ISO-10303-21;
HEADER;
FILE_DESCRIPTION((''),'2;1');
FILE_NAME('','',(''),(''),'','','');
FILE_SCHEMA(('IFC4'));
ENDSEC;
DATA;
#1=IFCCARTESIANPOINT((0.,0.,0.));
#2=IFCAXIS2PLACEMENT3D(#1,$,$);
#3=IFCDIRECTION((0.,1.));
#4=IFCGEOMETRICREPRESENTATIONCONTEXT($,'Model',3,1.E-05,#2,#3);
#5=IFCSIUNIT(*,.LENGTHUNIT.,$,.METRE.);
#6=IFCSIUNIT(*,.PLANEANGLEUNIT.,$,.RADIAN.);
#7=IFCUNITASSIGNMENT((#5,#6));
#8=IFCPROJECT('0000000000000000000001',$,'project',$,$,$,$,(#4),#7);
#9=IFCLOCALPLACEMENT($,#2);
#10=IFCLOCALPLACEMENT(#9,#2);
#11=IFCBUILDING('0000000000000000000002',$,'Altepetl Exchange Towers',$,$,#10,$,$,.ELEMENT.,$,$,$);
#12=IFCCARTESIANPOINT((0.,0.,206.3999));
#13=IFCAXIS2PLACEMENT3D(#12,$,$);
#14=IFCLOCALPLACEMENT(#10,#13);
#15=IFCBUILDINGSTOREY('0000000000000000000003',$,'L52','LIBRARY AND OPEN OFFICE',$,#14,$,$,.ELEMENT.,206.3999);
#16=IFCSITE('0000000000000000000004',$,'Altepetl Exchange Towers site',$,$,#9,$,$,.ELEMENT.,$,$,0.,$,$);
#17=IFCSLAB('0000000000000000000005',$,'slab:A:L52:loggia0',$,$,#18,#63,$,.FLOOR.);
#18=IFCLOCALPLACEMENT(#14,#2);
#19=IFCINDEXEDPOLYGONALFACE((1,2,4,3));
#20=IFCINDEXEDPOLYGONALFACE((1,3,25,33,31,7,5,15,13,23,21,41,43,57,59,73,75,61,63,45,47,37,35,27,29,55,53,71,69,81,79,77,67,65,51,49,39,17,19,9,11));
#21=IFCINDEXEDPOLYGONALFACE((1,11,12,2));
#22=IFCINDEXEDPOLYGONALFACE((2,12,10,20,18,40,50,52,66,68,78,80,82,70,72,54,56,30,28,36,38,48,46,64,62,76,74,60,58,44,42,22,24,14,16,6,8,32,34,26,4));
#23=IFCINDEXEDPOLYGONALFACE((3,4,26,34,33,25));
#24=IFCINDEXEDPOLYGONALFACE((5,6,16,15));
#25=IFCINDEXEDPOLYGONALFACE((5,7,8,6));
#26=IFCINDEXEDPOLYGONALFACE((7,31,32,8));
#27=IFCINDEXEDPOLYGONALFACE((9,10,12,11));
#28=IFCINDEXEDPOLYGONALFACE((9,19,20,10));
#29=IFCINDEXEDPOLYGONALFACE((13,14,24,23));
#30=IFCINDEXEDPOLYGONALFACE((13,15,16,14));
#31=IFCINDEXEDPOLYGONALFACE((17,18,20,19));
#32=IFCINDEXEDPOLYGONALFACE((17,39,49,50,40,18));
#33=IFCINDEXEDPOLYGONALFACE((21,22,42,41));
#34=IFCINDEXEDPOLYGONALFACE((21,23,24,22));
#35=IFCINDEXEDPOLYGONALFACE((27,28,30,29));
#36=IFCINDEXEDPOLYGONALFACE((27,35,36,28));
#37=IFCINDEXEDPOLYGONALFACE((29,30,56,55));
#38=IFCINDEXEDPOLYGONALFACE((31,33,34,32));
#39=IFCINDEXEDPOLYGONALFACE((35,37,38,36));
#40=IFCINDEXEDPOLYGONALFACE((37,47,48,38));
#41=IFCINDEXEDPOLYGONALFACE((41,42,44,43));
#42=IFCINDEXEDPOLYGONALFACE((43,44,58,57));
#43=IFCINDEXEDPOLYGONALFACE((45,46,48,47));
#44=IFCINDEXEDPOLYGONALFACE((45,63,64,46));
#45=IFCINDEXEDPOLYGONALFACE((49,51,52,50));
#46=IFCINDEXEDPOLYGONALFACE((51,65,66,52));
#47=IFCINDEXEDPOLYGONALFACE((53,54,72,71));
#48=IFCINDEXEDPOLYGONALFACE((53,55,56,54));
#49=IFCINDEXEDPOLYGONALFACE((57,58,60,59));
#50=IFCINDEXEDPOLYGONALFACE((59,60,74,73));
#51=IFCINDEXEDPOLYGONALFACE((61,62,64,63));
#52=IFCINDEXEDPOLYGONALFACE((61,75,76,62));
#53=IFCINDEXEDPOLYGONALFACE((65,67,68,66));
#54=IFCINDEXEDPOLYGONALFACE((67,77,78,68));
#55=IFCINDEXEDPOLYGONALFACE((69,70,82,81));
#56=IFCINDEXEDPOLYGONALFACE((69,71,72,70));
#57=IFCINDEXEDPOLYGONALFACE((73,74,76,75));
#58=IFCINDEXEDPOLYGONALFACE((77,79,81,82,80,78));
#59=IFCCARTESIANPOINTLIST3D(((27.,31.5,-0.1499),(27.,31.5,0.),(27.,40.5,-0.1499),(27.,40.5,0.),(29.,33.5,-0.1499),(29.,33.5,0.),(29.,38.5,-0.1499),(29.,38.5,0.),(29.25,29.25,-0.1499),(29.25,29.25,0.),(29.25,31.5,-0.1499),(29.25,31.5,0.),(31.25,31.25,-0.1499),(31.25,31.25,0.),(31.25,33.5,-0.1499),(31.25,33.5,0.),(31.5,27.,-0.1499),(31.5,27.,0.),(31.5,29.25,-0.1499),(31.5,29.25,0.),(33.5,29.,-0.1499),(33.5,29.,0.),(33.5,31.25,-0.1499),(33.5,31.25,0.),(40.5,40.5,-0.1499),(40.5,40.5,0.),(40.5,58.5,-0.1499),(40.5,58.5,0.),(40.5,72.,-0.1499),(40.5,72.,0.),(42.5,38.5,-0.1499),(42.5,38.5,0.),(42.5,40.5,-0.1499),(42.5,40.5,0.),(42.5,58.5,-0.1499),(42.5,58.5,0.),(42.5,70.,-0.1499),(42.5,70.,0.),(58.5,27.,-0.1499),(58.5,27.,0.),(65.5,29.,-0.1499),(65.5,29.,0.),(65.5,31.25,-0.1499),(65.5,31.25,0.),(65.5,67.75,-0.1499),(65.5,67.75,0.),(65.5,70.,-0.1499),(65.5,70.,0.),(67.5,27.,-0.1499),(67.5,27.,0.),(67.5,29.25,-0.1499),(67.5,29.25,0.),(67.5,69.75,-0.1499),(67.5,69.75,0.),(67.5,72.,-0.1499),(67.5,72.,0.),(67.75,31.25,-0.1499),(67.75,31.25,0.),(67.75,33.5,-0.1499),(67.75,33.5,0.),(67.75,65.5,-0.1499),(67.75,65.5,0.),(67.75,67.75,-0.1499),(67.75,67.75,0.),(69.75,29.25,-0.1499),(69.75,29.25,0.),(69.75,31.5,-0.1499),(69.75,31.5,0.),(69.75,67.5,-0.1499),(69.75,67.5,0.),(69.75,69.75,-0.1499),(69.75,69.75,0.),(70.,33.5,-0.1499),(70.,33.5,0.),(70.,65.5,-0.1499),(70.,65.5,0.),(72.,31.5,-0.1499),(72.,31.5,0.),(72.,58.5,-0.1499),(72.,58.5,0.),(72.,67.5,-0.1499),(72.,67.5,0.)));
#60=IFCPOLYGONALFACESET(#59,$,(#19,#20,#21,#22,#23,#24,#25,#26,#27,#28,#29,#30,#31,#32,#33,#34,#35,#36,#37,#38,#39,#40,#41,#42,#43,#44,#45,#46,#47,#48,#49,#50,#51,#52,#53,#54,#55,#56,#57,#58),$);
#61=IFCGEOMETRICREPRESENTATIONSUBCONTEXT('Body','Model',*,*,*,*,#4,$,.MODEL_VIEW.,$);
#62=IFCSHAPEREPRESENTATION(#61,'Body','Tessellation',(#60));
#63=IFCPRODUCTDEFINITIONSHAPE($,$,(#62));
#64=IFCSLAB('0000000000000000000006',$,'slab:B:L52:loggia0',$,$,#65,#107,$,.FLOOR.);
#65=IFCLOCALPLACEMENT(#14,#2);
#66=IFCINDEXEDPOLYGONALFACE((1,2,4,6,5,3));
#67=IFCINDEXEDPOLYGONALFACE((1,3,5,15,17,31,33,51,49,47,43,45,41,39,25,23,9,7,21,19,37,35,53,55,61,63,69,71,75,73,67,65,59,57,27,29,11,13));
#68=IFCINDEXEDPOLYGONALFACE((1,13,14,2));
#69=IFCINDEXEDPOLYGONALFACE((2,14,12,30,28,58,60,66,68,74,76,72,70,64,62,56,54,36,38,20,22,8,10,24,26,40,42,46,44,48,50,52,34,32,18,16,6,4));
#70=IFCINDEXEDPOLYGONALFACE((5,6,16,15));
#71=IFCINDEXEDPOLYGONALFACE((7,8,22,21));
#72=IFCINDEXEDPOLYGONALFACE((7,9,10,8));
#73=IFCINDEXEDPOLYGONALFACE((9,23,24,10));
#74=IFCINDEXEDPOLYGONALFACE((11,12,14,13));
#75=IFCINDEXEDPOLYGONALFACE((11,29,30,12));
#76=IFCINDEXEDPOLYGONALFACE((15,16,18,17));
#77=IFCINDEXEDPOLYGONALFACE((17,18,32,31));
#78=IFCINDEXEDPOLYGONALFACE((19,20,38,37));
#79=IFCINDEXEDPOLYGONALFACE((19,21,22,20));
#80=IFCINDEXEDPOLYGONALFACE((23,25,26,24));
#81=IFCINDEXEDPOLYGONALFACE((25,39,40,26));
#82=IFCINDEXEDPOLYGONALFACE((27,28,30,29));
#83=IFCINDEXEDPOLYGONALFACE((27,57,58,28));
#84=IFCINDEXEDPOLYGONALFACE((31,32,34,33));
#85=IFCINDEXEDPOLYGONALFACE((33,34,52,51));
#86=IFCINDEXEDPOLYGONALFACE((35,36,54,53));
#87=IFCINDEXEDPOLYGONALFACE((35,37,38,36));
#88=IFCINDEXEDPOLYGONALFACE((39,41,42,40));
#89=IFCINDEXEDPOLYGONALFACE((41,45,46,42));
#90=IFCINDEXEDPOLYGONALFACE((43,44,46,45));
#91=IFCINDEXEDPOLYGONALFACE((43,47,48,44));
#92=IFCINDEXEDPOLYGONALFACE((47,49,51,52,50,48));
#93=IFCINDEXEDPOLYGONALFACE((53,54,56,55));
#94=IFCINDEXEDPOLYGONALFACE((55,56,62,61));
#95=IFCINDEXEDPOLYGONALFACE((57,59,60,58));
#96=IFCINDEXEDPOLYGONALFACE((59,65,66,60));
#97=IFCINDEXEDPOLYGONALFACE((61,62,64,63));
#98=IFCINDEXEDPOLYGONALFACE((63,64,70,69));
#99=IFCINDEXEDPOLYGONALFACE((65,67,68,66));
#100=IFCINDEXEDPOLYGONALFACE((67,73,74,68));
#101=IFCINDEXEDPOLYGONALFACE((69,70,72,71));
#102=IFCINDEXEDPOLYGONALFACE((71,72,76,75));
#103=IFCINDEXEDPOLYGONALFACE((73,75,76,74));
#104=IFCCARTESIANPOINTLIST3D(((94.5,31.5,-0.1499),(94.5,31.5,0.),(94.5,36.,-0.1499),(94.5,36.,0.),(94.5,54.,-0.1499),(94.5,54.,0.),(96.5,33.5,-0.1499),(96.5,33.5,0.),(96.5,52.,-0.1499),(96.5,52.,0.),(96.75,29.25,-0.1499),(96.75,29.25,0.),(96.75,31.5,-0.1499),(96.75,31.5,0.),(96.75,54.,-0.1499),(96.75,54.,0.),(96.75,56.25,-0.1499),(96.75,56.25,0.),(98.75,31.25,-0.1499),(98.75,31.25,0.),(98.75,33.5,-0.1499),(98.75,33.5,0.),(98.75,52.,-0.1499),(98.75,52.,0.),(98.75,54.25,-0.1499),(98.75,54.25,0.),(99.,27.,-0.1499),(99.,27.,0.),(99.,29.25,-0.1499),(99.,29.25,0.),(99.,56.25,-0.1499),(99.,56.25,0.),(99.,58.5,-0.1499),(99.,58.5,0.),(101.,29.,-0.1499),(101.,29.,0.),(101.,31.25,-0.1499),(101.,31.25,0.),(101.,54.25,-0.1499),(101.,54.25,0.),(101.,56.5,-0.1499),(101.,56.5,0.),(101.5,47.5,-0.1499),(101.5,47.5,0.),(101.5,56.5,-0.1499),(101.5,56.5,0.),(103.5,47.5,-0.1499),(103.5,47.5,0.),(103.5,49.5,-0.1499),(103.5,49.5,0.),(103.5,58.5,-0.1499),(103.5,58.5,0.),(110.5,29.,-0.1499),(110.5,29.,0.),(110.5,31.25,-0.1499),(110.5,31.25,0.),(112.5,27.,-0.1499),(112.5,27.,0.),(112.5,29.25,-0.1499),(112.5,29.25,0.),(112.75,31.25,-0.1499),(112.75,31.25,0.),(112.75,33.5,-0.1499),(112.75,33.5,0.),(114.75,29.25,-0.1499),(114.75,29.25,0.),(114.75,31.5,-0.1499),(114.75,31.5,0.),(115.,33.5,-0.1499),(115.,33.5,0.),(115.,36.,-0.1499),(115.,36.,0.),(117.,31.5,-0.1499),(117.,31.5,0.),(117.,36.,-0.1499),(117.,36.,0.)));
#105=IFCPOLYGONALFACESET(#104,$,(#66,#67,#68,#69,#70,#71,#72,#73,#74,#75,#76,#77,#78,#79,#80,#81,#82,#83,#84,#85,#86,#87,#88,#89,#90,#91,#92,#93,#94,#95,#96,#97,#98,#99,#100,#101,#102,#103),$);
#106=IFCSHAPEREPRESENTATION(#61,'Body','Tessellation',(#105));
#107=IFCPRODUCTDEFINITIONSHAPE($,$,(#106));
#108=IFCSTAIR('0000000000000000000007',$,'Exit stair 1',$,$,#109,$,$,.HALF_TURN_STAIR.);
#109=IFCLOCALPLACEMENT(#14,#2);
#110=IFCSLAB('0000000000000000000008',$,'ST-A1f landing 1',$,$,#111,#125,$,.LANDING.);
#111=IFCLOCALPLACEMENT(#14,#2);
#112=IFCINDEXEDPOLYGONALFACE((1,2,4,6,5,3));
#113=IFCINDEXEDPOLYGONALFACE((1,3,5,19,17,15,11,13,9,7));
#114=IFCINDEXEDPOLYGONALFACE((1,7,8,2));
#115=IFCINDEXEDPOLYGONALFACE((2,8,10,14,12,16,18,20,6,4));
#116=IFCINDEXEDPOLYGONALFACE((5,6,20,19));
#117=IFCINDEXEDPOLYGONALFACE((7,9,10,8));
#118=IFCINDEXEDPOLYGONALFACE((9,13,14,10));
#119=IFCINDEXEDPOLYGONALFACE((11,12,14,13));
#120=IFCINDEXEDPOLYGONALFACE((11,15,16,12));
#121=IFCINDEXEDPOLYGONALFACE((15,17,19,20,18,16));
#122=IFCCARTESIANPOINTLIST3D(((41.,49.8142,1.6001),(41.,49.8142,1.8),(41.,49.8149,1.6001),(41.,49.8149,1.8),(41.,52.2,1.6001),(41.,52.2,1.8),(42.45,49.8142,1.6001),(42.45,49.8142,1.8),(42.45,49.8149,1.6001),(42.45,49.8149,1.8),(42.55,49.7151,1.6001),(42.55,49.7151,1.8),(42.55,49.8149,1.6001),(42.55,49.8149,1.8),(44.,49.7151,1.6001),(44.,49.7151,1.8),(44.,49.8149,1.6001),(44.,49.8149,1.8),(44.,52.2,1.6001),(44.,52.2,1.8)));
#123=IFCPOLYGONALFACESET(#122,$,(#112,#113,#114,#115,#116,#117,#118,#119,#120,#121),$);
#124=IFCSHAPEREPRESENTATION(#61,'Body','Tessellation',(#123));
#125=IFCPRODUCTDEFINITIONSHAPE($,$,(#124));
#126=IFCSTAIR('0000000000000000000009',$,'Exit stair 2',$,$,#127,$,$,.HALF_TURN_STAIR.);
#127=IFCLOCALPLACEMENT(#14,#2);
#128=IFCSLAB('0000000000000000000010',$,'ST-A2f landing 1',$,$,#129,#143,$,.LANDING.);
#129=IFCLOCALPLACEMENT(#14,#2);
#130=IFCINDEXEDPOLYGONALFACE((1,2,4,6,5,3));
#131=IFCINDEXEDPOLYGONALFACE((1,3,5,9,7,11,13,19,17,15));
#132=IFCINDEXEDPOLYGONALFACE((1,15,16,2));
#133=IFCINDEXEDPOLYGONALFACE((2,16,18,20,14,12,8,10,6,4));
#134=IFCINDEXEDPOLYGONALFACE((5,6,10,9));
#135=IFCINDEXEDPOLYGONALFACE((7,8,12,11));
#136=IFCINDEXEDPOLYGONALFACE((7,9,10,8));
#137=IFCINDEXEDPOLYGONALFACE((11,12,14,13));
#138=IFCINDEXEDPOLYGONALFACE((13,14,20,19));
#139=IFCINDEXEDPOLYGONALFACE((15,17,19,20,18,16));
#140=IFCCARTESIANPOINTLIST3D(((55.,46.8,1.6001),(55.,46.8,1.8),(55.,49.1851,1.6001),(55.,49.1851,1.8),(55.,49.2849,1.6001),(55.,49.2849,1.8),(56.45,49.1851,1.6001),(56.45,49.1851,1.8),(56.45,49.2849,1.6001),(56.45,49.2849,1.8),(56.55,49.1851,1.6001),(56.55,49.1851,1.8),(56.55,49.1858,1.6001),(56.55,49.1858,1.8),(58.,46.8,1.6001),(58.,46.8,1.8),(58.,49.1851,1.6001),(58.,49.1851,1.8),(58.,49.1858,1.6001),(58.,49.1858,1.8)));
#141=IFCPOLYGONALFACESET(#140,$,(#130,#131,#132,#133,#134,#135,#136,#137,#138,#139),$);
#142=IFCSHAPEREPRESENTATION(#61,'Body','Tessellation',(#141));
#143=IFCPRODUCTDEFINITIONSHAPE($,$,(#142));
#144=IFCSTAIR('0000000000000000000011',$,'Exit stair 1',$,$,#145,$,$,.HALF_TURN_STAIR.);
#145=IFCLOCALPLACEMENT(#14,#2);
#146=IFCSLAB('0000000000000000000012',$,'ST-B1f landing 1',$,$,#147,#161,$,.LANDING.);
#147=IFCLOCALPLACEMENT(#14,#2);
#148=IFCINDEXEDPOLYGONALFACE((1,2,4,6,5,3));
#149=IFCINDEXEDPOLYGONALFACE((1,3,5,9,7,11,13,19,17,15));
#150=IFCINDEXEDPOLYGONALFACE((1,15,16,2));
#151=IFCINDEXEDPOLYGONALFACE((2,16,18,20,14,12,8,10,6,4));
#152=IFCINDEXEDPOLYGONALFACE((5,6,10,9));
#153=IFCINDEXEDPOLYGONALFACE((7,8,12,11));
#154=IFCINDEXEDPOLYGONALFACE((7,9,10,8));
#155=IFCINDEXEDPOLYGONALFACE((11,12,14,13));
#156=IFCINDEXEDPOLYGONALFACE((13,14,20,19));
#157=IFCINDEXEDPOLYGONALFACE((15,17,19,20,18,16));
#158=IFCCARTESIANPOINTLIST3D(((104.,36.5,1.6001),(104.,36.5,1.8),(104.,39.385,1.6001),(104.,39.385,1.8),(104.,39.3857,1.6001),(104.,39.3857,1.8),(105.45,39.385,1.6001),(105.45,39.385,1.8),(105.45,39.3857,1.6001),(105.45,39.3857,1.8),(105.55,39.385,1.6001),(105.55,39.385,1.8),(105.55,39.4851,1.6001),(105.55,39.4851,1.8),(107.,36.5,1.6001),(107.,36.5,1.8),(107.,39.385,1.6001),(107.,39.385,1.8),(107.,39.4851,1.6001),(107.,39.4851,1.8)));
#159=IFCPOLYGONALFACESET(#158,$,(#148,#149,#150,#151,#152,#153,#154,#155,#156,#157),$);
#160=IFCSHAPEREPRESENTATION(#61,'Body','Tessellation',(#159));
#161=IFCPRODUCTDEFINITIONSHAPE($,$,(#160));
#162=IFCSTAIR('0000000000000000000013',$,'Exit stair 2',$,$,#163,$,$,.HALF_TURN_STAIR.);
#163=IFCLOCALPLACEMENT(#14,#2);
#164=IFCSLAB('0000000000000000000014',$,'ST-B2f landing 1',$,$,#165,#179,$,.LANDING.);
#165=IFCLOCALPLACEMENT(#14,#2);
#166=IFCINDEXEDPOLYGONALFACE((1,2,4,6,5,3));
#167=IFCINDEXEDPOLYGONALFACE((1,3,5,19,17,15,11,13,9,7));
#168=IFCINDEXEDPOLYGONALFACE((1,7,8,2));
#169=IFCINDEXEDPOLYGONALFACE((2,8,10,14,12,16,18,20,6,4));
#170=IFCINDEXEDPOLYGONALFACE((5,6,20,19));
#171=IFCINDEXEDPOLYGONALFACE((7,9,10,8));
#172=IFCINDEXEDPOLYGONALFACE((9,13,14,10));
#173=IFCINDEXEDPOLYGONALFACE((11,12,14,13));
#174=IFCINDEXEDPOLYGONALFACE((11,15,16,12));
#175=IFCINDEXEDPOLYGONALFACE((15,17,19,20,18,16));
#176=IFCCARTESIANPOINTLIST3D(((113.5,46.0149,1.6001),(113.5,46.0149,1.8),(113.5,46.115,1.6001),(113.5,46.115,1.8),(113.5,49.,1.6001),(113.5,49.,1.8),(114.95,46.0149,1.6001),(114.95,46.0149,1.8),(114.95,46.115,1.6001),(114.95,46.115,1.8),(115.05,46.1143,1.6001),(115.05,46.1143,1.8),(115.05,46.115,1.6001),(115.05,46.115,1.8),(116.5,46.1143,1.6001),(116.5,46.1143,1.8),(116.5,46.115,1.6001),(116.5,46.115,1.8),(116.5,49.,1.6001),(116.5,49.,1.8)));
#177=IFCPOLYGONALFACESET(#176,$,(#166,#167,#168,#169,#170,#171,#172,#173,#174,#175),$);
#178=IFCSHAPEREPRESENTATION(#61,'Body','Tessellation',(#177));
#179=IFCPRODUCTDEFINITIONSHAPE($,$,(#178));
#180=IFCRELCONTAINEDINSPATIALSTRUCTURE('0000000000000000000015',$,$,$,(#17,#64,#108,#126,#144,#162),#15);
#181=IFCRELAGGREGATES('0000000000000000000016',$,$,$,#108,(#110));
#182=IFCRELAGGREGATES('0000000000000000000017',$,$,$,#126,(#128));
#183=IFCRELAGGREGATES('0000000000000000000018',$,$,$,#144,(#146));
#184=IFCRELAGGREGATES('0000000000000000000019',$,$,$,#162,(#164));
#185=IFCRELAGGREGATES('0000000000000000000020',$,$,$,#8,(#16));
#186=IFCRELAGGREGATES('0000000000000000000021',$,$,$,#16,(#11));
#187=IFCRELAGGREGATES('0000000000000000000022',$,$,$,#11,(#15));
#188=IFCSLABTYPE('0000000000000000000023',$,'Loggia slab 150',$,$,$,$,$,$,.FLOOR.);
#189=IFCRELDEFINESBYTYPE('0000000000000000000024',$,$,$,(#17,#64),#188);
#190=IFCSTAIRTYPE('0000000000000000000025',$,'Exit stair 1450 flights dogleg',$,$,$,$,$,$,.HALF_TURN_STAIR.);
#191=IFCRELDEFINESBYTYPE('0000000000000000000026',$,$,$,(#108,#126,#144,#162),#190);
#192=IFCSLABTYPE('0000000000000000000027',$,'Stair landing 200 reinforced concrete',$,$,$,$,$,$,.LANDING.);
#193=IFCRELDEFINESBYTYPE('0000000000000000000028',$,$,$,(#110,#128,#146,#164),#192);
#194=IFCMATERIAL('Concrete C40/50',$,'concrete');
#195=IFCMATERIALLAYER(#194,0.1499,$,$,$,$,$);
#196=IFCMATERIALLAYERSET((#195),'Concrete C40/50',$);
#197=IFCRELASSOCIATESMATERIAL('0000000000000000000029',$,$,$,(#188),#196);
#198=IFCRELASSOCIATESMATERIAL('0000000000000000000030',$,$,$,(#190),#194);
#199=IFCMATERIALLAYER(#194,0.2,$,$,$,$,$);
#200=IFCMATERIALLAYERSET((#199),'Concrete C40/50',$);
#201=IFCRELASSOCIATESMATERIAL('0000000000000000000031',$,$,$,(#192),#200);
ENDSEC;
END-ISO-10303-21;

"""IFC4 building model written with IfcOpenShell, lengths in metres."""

from ifc_helpers import new_model, si_unit, direction, frame, origin, place, context, subcontext, project, spatial, polyline, outline, extrude, material, layer, layer_set, type_object, element, aggregate, save


model = new_model("IFC4")

# Units and contexts
model_context = context("Model", 3, precision=1e-05, world=origin(), true_north=direction((0.0, 1.0)))
body_context = subcontext(model_context, "Body", "Model", "MODEL_VIEW")
ifc_project = project(units=[si_unit("LENGTHUNIT", "METRE"), si_unit("PLANEANGLEUNIT", "RADIAN")], contexts=[model_context])

# Site, building, storey
site_placement = place(None, origin())
site = spatial("IfcSite", under=ifc_project, at=site_placement, Name="Altepetl Exchange Towers site", CompositionType="ELEMENT", RefElevation=0.0)
building_placement = place(site_placement, origin())
building = spatial("IfcBuilding", under=site, at=building_placement, Name="Altepetl Exchange Towers", CompositionType="ELEMENT")
storey_placement = place(building_placement, frame((0.0, 0.0, 206.3999)))
storey = spatial("IfcBuildingStorey", under=building, at=storey_placement, Name="L52", Description="LIBRARY AND OPEN OFFICE", CompositionType="ELEMENT", Elevation=206.3999)

# Slabs
ifc_material_1 = material(Name="Concrete C40/50", Category="concrete")
ifc_layer_1 = layer(ifc_material_1, 0.1499)
ifc_layer_set_1 = layer_set([ifc_layer_1], Name="Concrete C40/50")
slab_type_1 = type_object("IfcSlabType", Name="Loggia slab 150", PredefinedType="FLOOR", material=ifc_layer_set_1)
slab_1_placement = place(storey_placement, frame((0.0, 0.0, -0.1499)))
element("IfcSlab", 1, at=slab_1_placement, inside=storey, type_object=slab_type_1, Name="slab:A:L52:loggia0", PredefinedType="FLOOR", context=body_context, shape_type="SweptSolid", body=[
    extrude(outline(polyline([(40.5, 72.0), (40.5, 58.5), (42.5, 58.5), (42.5, 70.0), (65.5, 70.0), (65.5, 67.75), (67.75, 67.75), (67.75, 65.5), (70.0, 65.5), (70.0, 33.5), (67.75, 33.5), (67.75, 31.25), (65.5, 31.25), (65.5, 29.0), (33.5, 29.0), (33.5, 31.25), (31.25, 31.25), (31.25, 33.5), (29.0, 33.5), (29.0, 38.5), (42.5, 38.5), (42.5, 40.5), (40.5, 40.5), (27.0, 40.5), (27.0, 31.5), (29.25, 31.5), (29.25, 29.25), (31.5, 29.25), (31.5, 27.0), (58.5, 27.0), (67.5, 27.0), (67.5, 29.25), (69.75, 29.25), (69.75, 31.5), (72.0, 31.5), (72.0, 58.5), (72.0, 67.5), (69.75, 67.5), (69.75, 69.75), (67.5, 69.75), (67.5, 72.0), (40.5, 72.0)])), origin(), (0.0, 0.0, 1.0), 0.1499),
])
slab_2_placement = place(storey_placement, frame((0.0, 0.0, -0.1499)))
element("IfcSlab", 2, at=slab_2_placement, inside=storey, type_object=slab_type_1, Name="slab:B:L52:loggia0", PredefinedType="FLOOR", context=body_context, shape_type="SweptSolid", body=[
    extrude(outline(polyline([(99.0, 29.25), (99.0, 27.0), (112.5, 27.0), (112.5, 29.25), (114.75, 29.25), (114.75, 31.5), (117.0, 31.5), (117.0, 36.0), (115.0, 36.0), (115.0, 33.5), (112.75, 33.5), (112.75, 31.25), (110.5, 31.25), (110.5, 29.0), (101.0, 29.0), (101.0, 31.25), (98.75, 31.25), (98.75, 33.5), (96.5, 33.5), (96.5, 52.0), (98.75, 52.0), (98.75, 54.25), (101.0, 54.25), (101.0, 56.5), (101.5, 56.5), (101.5, 47.5), (103.5, 47.5), (103.5, 49.5), (103.5, 58.5), (99.0, 58.5), (99.0, 56.25), (96.75, 56.25), (96.75, 54.0), (94.5, 54.0), (94.5, 36.0), (94.5, 31.5), (96.75, 31.5), (96.75, 29.25), (99.0, 29.25)])), origin(), (0.0, 0.0, 1.0), 0.1499),
])

# Stairs, slabs
stair_type = type_object("IfcStairType", Name="Exit stair 1450 flights dogleg", PredefinedType="HALF_TURN_STAIR", material=ifc_material_1)
stair_1_placement = place(storey_placement, origin())
stair_1 = element("IfcStair", 3, at=stair_1_placement, inside=storey, type_object=stair_type, Name="Exit stair 1", PredefinedType="HALF_TURN_STAIR")
ifc_layer_2 = layer(ifc_material_1, 0.2)
ifc_layer_set_2 = layer_set([ifc_layer_2], Name="Concrete C40/50")
slab_type_2 = type_object("IfcSlabType", Name="Stair landing 200 reinforced concrete", PredefinedType="LANDING", material=ifc_layer_set_2)
slab_3_placement = place(storey_placement, frame((0.0, 0.0, 1.6001)))
slab_3 = element("IfcSlab", 4, at=slab_3_placement, type_object=slab_type_2, Name="ST-A1f landing 1", PredefinedType="LANDING", context=body_context, shape_type="SweptSolid", body=[
    extrude(outline(polyline([(44.0, 49.7151), (42.55, 49.7151), (42.55, 49.8149), (42.45, 49.8149), (42.45, 49.8142), (41.0, 49.8142), (41.0, 49.8149), (41.0, 52.2), (44.0, 52.2), (44.0, 49.8149), (44.0, 49.7151)])), origin(), (0.0, 0.0, 1.0), 0.2),
])
aggregate(stair_1, [slab_3])
stair_2_placement = place(storey_placement, origin())
stair_2 = element("IfcStair", 5, at=stair_2_placement, inside=storey, type_object=stair_type, Name="Exit stair 2", PredefinedType="HALF_TURN_STAIR")
slab_4_placement = place(storey_placement, frame((0.0, 0.0, 1.6001)))
slab_4 = element("IfcSlab", 6, at=slab_4_placement, type_object=slab_type_2, Name="ST-A2f landing 1", PredefinedType="LANDING", context=body_context, shape_type="SweptSolid", body=[
    extrude(outline(polyline([(58.0, 46.8), (55.0, 46.8), (55.0, 49.1851), (55.0, 49.2849), (56.45, 49.2849), (56.45, 49.1851), (56.55, 49.1851), (56.55, 49.1858), (58.0, 49.1858), (58.0, 49.1851), (58.0, 46.8)])), origin(), (0.0, 0.0, 1.0), 0.2),
])
aggregate(stair_2, [slab_4])
stair_3_placement = place(storey_placement, origin())
stair_3 = element("IfcStair", 7, at=stair_3_placement, inside=storey, type_object=stair_type, Name="Exit stair 1", PredefinedType="HALF_TURN_STAIR")
slab_5_placement = place(storey_placement, frame((0.0, 0.0, 1.6001)))
slab_5 = element("IfcSlab", 8, at=slab_5_placement, type_object=slab_type_2, Name="ST-B1f landing 1", PredefinedType="LANDING", context=body_context, shape_type="SweptSolid", body=[
    extrude(outline(polyline([(107.0, 36.5), (104.0, 36.5), (104.0, 39.385), (104.0, 39.3857), (105.45, 39.3857), (105.45, 39.385), (105.55, 39.385), (105.55, 39.4851), (107.0, 39.4851), (107.0, 39.385), (107.0, 36.5)])), origin(), (0.0, 0.0, 1.0), 0.2),
])
aggregate(stair_3, [slab_5])
stair_4_placement = place(storey_placement, origin())
stair_4 = element("IfcStair", 9, at=stair_4_placement, inside=storey, type_object=stair_type, Name="Exit stair 2", PredefinedType="HALF_TURN_STAIR")
slab_6_placement = place(storey_placement, frame((0.0, 0.0, 1.6001)))
slab_6 = element("IfcSlab", 10, at=slab_6_placement, type_object=slab_type_2, Name="ST-B2f landing 1", PredefinedType="LANDING", context=body_context, shape_type="SweptSolid", body=[
    extrude(outline(polyline([(114.95, 46.0149), (113.5, 46.0149), (113.5, 46.115), (113.5, 49.0), (116.5, 49.0), (116.5, 46.115), (116.5, 46.1143), (115.05, 46.1143), (115.05, 46.115), (114.95, 46.115), (114.95, 46.0149)])), origin(), (0.0, 0.0, 1.0), 0.2),
])
aggregate(stair_4, [slab_6])

save(model, "model.ifc")
